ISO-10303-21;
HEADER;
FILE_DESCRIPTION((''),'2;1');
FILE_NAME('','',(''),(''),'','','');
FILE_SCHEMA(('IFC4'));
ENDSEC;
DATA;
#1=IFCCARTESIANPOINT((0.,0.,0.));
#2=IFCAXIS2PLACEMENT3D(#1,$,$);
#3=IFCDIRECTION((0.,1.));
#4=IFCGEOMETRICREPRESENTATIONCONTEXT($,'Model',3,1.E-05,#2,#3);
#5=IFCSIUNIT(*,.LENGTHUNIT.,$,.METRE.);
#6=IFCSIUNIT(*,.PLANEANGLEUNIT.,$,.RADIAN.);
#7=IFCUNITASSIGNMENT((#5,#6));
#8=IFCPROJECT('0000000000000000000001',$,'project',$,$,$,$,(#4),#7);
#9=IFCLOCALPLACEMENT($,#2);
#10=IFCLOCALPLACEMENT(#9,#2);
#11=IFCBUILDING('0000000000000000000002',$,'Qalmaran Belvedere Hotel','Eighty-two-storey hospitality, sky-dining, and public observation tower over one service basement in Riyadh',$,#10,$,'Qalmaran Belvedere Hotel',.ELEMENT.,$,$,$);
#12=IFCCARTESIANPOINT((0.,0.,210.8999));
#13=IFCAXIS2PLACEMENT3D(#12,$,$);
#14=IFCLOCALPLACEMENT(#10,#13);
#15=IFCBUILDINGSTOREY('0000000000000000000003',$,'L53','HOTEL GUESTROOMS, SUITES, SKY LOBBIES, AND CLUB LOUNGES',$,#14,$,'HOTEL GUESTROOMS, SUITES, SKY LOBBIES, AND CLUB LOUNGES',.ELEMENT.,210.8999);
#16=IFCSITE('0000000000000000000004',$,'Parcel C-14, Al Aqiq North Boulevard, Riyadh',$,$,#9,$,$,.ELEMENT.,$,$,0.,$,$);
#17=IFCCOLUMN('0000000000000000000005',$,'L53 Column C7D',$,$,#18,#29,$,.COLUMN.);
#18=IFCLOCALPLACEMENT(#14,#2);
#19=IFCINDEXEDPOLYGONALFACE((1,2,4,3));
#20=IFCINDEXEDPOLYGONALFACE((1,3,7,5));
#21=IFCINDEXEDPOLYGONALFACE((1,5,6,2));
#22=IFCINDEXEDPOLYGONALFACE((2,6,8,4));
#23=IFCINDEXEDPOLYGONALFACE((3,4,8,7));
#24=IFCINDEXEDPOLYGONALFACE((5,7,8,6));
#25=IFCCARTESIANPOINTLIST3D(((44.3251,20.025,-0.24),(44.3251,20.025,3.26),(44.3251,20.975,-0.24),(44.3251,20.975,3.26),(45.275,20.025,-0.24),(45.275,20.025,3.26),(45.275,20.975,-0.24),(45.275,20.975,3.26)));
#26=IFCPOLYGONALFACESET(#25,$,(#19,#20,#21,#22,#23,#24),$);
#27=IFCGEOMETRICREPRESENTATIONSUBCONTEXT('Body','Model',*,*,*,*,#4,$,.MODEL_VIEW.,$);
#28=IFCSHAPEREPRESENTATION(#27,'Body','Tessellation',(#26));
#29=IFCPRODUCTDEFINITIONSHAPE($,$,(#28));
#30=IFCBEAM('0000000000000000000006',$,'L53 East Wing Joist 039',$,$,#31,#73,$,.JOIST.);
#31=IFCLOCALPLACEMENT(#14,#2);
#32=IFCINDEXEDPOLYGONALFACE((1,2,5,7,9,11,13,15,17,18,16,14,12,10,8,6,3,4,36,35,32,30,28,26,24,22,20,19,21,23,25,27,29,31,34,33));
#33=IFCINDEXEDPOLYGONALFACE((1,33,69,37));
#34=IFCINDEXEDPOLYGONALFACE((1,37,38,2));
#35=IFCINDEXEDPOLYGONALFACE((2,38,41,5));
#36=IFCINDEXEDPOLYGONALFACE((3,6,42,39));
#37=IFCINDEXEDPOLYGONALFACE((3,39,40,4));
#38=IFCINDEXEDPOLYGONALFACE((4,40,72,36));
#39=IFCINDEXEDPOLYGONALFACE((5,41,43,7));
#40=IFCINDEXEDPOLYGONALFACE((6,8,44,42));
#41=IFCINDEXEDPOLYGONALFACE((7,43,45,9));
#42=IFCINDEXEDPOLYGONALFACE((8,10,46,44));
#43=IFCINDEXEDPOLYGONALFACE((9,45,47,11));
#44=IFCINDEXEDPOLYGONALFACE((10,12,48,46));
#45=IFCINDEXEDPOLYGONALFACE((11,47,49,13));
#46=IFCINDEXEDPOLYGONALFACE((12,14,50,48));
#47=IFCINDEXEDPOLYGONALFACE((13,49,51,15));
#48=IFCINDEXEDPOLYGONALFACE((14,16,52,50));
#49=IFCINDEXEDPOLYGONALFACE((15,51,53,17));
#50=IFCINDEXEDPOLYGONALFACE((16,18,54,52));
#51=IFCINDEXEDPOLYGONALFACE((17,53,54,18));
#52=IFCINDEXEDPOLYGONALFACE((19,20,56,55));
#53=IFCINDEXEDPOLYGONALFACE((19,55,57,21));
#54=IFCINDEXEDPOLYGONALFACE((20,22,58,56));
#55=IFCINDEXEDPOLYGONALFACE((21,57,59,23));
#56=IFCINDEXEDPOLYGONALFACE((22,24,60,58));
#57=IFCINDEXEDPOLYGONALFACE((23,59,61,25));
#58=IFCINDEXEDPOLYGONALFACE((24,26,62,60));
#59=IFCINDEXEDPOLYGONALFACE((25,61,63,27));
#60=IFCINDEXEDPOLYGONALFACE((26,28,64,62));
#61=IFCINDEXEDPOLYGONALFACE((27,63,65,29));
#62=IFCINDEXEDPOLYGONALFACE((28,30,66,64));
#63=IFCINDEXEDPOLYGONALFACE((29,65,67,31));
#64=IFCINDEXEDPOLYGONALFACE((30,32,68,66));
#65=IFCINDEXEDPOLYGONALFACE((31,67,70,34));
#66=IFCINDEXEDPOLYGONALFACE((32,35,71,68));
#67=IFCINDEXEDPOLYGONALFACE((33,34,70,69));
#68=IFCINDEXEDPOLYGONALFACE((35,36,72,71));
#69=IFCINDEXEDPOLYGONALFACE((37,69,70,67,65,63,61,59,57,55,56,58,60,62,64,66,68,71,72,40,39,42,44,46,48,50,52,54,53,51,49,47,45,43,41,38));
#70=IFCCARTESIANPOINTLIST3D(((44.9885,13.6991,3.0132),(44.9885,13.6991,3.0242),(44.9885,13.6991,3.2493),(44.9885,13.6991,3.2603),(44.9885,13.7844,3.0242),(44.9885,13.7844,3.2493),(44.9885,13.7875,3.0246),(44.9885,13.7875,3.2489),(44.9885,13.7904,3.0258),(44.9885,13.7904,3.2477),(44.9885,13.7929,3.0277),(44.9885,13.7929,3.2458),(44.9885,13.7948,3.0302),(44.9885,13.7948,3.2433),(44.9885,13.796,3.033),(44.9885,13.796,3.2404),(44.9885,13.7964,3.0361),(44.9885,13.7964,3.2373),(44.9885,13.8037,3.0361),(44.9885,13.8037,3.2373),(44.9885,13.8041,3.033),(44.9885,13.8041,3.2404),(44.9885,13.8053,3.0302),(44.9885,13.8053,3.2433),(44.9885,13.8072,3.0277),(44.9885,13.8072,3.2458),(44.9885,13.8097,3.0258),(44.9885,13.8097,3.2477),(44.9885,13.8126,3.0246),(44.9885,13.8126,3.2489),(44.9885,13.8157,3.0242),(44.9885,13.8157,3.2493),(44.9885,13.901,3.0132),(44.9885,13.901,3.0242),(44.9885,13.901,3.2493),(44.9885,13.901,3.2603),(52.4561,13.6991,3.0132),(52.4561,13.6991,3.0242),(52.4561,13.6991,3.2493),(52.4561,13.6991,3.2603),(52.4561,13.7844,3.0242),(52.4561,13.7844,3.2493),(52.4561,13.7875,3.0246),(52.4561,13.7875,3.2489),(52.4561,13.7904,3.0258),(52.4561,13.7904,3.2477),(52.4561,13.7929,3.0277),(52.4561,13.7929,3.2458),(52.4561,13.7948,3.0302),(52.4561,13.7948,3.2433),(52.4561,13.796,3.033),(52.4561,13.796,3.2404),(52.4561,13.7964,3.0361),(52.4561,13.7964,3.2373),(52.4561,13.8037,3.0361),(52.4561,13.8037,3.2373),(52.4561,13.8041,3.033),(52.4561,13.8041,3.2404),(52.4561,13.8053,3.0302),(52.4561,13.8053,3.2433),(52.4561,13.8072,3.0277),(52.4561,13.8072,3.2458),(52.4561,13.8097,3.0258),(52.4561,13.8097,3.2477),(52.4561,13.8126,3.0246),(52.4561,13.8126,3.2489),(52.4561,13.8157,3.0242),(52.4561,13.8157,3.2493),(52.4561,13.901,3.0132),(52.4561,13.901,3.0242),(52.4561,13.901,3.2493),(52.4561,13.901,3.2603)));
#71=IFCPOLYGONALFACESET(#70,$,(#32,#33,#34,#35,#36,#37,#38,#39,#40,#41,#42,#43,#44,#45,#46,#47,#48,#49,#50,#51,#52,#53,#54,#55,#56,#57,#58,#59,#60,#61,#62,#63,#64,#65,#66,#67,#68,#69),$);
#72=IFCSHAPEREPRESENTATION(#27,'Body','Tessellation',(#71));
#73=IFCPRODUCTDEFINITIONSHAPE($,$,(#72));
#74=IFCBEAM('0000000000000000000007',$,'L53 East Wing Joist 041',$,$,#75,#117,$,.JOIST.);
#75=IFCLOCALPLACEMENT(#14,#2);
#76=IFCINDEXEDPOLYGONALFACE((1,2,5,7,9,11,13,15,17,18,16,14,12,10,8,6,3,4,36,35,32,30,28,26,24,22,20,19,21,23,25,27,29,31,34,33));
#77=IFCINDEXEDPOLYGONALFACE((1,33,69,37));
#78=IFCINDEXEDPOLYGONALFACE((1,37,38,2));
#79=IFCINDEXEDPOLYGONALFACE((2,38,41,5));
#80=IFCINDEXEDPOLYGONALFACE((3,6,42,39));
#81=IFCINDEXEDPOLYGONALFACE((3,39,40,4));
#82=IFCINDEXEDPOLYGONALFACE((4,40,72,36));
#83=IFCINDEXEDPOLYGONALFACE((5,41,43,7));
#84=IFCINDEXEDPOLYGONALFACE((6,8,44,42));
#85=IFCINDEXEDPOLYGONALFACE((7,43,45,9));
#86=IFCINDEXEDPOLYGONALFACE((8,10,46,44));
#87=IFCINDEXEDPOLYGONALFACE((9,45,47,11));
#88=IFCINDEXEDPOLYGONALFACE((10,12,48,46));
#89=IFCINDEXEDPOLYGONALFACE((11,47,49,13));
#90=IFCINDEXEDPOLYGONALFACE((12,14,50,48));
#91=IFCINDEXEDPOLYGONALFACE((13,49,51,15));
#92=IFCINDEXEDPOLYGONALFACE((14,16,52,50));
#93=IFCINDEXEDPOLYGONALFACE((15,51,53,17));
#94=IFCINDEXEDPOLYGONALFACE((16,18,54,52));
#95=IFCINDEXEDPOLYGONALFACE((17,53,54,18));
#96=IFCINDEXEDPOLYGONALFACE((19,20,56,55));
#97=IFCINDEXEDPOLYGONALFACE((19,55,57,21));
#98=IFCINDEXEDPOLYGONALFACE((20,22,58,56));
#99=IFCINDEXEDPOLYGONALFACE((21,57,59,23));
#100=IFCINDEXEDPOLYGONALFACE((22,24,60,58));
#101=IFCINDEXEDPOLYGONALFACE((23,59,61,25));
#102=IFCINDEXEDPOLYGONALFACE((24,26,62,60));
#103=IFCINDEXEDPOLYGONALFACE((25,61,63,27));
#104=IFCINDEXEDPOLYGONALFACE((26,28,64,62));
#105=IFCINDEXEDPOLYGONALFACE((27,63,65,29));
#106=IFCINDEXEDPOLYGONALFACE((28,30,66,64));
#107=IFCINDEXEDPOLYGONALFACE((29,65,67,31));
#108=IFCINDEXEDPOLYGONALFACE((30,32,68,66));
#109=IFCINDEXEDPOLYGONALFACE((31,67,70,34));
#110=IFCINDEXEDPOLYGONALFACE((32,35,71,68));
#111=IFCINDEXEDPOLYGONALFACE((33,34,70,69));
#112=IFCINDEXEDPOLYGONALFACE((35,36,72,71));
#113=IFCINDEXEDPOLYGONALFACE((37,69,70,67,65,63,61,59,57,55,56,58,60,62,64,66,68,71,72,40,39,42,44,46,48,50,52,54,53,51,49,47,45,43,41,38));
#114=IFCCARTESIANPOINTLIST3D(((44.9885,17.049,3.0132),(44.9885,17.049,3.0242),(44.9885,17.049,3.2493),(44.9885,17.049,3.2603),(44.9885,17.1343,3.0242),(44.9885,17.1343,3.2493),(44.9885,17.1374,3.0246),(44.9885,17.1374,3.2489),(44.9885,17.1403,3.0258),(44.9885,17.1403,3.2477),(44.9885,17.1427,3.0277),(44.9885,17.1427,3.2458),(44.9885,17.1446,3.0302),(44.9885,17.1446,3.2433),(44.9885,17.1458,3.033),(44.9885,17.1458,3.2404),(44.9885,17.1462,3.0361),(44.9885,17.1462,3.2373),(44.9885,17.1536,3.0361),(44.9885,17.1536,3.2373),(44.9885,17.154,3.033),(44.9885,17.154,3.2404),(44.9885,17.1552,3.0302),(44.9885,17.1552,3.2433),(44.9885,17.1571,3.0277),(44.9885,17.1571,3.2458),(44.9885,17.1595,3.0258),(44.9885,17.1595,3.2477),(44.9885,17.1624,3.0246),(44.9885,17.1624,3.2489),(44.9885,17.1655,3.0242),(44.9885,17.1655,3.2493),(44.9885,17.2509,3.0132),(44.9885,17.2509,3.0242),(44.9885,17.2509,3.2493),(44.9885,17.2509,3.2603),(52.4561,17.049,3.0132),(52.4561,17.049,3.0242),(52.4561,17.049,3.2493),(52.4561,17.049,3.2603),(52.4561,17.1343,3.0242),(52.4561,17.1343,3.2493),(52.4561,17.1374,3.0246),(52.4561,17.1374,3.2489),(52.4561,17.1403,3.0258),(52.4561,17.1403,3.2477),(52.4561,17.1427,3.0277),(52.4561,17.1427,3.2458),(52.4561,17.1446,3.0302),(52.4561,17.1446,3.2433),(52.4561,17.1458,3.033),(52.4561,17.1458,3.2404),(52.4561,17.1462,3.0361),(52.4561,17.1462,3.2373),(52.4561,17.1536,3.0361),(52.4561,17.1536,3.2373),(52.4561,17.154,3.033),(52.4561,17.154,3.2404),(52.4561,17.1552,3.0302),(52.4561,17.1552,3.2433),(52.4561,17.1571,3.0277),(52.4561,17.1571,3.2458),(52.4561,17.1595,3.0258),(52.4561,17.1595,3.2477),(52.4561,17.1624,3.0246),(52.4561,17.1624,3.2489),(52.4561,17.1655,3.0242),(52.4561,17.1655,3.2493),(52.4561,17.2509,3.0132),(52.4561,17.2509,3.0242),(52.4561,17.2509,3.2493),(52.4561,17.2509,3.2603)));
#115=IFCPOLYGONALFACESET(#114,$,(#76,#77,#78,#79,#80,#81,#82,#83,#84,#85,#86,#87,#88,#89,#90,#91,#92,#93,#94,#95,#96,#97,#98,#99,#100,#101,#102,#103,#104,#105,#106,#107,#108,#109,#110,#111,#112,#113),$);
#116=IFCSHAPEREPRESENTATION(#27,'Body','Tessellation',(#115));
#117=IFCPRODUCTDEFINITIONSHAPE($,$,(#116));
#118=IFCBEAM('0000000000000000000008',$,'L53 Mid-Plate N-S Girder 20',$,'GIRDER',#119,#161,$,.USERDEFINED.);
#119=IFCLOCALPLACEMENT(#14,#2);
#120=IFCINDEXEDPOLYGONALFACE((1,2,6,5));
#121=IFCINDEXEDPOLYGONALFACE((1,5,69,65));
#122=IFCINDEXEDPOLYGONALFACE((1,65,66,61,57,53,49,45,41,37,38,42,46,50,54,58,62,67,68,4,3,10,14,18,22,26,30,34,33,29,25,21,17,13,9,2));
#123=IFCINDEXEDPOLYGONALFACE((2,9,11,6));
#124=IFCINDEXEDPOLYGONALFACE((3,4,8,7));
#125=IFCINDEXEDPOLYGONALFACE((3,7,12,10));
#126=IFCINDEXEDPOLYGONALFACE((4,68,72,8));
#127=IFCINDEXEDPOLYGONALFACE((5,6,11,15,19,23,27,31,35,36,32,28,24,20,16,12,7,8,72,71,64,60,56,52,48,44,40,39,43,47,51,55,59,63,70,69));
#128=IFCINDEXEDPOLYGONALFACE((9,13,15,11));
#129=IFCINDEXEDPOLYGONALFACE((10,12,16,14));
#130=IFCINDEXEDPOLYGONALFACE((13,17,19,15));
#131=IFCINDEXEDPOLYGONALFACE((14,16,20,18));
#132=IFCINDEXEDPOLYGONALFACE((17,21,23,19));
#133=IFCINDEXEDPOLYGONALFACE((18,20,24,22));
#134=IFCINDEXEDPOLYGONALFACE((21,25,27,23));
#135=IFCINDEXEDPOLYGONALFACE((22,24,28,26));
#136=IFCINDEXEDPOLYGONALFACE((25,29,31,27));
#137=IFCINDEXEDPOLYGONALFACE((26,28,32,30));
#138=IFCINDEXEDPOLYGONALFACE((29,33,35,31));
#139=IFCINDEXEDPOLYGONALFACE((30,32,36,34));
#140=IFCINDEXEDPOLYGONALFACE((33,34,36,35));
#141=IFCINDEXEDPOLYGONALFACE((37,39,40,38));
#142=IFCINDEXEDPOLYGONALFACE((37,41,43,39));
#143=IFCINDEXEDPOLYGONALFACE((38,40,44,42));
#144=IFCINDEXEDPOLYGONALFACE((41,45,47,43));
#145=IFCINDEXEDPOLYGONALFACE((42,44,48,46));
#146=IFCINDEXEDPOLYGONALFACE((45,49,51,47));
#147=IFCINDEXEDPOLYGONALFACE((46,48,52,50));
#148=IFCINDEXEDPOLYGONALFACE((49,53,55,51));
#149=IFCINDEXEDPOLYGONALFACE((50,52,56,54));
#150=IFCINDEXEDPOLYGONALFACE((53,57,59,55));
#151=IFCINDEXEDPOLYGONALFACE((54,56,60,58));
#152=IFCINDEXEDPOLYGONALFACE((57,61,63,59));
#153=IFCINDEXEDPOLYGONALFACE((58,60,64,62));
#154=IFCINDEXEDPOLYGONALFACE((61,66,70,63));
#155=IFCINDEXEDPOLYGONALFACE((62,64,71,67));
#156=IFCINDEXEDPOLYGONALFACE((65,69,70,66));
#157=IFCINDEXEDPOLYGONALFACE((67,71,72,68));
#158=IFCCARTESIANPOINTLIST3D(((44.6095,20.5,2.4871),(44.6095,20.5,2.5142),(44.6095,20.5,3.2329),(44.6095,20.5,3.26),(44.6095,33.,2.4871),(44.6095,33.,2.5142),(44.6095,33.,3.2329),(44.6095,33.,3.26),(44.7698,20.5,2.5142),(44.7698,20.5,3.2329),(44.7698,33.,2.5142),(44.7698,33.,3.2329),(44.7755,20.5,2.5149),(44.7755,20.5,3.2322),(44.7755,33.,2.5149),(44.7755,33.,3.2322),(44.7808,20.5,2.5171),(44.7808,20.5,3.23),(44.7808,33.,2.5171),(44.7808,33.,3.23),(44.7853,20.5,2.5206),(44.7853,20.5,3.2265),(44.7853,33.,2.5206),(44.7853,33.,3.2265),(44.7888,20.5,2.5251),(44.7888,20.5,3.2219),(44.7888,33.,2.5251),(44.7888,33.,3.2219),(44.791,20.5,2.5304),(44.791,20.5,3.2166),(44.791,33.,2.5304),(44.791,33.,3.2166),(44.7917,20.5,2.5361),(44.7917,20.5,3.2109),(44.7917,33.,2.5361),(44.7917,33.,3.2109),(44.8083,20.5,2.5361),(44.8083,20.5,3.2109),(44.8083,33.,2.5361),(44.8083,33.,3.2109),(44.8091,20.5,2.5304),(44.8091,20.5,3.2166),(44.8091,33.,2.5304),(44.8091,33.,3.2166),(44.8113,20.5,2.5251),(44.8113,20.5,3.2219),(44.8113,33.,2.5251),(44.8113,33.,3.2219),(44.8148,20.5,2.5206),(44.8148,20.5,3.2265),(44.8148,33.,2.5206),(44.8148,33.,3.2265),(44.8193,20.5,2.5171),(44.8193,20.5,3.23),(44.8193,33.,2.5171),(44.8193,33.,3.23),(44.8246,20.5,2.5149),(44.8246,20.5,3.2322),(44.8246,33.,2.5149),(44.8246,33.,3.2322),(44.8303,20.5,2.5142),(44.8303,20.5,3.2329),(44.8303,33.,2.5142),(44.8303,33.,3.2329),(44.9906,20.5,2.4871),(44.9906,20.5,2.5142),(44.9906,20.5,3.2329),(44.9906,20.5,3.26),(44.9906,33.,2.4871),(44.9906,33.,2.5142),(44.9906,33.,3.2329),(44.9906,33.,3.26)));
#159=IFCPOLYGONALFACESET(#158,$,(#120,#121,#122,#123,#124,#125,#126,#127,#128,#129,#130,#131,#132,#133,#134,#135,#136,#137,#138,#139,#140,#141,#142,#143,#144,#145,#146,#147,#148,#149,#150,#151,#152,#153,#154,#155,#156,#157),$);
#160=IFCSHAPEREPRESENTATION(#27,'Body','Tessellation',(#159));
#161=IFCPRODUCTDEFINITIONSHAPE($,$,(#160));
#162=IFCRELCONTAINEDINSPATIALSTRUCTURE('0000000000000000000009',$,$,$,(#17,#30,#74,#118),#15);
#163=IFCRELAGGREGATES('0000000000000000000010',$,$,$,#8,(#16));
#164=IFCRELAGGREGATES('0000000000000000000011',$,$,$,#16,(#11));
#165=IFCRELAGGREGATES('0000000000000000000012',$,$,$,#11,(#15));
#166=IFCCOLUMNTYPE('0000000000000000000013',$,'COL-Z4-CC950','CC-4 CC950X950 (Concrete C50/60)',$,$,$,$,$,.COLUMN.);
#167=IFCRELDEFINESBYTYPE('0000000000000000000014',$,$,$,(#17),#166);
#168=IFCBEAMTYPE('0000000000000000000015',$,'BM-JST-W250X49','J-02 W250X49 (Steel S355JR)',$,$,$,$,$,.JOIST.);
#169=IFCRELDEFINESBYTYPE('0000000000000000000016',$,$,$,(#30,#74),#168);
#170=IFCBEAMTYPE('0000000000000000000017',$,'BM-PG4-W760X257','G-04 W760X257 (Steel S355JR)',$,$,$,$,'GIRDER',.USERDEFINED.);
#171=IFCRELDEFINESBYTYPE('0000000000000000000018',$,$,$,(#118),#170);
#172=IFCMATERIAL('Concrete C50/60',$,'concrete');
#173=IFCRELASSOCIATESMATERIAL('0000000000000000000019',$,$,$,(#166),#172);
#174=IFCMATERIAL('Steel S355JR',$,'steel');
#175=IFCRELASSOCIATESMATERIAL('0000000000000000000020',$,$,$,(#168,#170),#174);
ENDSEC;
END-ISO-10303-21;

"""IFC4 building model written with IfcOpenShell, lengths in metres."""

from ifc_helpers import new_model, si_unit, direction, frame, origin, origin_2d, place, context, subcontext, project, spatial, rectangle, i_section, extrude, material, material_profile, profile_set, type_object, element, save


model = new_model("IFC4")

# Units and contexts
model_context = context("Model", 3, precision=1e-05, world=origin(), true_north=direction((0.0, 1.0)))
body_context = subcontext(model_context, "Body", "Model", "MODEL_VIEW")
ifc_project = project(units=[si_unit("LENGTHUNIT", "METRE"), si_unit("PLANEANGLEUNIT", "RADIAN")], contexts=[model_context])

# Site, building, storey
site_placement = place(None, origin())
site = spatial("IfcSite", under=ifc_project, at=site_placement, Name="Parcel C-14, Al Aqiq North Boulevard, Riyadh", CompositionType="ELEMENT", RefElevation=0.0)
building_placement = place(site_placement, origin())
building = spatial("IfcBuilding", under=site, at=building_placement, Name="Qalmaran Belvedere Hotel", Description="Eighty-two-storey hospitality, sky-dining, and public observation tower over one service basement in Riyadh", LongName="Qalmaran Belvedere Hotel", CompositionType="ELEMENT")
storey_placement = place(building_placement, frame((0.0, 0.0, 210.8999)))
storey = spatial("IfcBuildingStorey", under=building, at=storey_placement, Name="L53", Description="HOTEL GUESTROOMS, SUITES, SKY LOBBIES, AND CLUB LOUNGES", LongName="HOTEL GUESTROOMS, SUITES, SKY LOBBIES, AND CLUB LOUNGES", CompositionType="ELEMENT", Elevation=210.8999)

# Column
ifc_material_1 = material(Name="Concrete C50/60", Category="concrete")
ifc_material_profile_1 = material_profile(ifc_material_1, rectangle(XDim=0.95, YDim=0.95, at=origin_2d()), Name="CC950X950")
ifc_profile_set_1 = profile_set([ifc_material_profile_1], Name="Concrete C50/60")
column_type = type_object("IfcColumnType", Name="COL-Z4-CC950", Description="CC-4 CC950X950 (Concrete C50/60)", PredefinedType="COLUMN", material=ifc_profile_set_1)
column_placement = place(storey_placement, frame((44.8, 20.5, -0.24), z_axis=(0.0, 0.0, 1.0), x_axis=(1.0, 0.0, 0.0)))
element("IfcColumn", 1, at=column_placement, inside=storey, type_object=column_type, Name="L53 Column C7D", PredefinedType="COLUMN", context=body_context, shape_type="SweptSolid", body=[
    extrude(rectangle(XDim=0.95, YDim=0.95, at=origin_2d()), origin(), (0.0, 0.0, 1.0), 3.5),
])

# Beams
ifc_material_2 = material(Name="Steel S355JR", Category="steel")
ifc_material_profile_2 = material_profile(ifc_material_2, i_section(OverallWidth=0.2019, OverallDepth=0.2471, WebThickness=0.0073, FlangeThickness=0.011, FilletRadius=0.012, at=origin_2d()), Name="W250X49")
ifc_profile_set_2 = profile_set([ifc_material_profile_2], Name="Steel S355JR")
beam_type_1 = type_object("IfcBeamType", Name="BM-JST-W250X49", Description="J-02 W250X49 (Steel S355JR)", PredefinedType="JOIST", material=ifc_profile_set_2)
for number, where, z_axis, x_axis, name in (
    (2, (44.9885, 13.8, 3.1367), (1.0, 0.0, 0.0), (0.0, 1.0, 0.0), "L53 East Wing Joist 039"),
    (3, (44.9885, 17.1499, 3.1367), (1.0, 0.0, 0.0), (0.0, 1.0, 0.0), "L53 East Wing Joist 041"),
):
    element("IfcBeam", number, at=place(storey_placement, frame(where, z_axis=z_axis, x_axis=x_axis)), inside=storey, type_object=beam_type_1, Name=name, PredefinedType="JOIST", context=body_context, shape_type="SweptSolid", body=[
        extrude(i_section(OverallWidth=0.2019, OverallDepth=0.2471, WebThickness=0.0073, FlangeThickness=0.011, FilletRadius=0.012, at=origin_2d()), origin(), (0.0, 0.0, 1.0), 7.4675),
    ])
ifc_material_profile_3 = material_profile(ifc_material_2, i_section(OverallWidth=0.3811, OverallDepth=0.7729, WebThickness=0.0166, FlangeThickness=0.0271, FilletRadius=0.022, at=origin_2d()), Name="W760X257")
ifc_profile_set_3 = profile_set([ifc_material_profile_3], Name="Steel S355JR")
beam_type_2 = type_object("IfcBeamType", Name="BM-PG4-W760X257", Description="G-04 W760X257 (Steel S355JR)", ElementType="GIRDER", PredefinedType="USERDEFINED", material=ifc_profile_set_3)
beam_1_placement = place(storey_placement, frame((44.8, 20.5, 2.8735), z_axis=(0.0, 1.0, 0.0), x_axis=(-1.0, 0.0, 0.0)))
element("IfcBeam", 4, at=beam_1_placement, inside=storey, type_object=beam_type_2, Name="L53 Mid-Plate N-S Girder 20", ObjectType="GIRDER", PredefinedType="USERDEFINED", context=body_context, shape_type="SweptSolid", body=[
    extrude(i_section(OverallWidth=0.3811, OverallDepth=0.7729, WebThickness=0.0166, FlangeThickness=0.0271, FilletRadius=0.022, at=origin_2d()), origin(), (0.0, 0.0, 1.0), 12.5),
])

save(model, "model.ifc")
